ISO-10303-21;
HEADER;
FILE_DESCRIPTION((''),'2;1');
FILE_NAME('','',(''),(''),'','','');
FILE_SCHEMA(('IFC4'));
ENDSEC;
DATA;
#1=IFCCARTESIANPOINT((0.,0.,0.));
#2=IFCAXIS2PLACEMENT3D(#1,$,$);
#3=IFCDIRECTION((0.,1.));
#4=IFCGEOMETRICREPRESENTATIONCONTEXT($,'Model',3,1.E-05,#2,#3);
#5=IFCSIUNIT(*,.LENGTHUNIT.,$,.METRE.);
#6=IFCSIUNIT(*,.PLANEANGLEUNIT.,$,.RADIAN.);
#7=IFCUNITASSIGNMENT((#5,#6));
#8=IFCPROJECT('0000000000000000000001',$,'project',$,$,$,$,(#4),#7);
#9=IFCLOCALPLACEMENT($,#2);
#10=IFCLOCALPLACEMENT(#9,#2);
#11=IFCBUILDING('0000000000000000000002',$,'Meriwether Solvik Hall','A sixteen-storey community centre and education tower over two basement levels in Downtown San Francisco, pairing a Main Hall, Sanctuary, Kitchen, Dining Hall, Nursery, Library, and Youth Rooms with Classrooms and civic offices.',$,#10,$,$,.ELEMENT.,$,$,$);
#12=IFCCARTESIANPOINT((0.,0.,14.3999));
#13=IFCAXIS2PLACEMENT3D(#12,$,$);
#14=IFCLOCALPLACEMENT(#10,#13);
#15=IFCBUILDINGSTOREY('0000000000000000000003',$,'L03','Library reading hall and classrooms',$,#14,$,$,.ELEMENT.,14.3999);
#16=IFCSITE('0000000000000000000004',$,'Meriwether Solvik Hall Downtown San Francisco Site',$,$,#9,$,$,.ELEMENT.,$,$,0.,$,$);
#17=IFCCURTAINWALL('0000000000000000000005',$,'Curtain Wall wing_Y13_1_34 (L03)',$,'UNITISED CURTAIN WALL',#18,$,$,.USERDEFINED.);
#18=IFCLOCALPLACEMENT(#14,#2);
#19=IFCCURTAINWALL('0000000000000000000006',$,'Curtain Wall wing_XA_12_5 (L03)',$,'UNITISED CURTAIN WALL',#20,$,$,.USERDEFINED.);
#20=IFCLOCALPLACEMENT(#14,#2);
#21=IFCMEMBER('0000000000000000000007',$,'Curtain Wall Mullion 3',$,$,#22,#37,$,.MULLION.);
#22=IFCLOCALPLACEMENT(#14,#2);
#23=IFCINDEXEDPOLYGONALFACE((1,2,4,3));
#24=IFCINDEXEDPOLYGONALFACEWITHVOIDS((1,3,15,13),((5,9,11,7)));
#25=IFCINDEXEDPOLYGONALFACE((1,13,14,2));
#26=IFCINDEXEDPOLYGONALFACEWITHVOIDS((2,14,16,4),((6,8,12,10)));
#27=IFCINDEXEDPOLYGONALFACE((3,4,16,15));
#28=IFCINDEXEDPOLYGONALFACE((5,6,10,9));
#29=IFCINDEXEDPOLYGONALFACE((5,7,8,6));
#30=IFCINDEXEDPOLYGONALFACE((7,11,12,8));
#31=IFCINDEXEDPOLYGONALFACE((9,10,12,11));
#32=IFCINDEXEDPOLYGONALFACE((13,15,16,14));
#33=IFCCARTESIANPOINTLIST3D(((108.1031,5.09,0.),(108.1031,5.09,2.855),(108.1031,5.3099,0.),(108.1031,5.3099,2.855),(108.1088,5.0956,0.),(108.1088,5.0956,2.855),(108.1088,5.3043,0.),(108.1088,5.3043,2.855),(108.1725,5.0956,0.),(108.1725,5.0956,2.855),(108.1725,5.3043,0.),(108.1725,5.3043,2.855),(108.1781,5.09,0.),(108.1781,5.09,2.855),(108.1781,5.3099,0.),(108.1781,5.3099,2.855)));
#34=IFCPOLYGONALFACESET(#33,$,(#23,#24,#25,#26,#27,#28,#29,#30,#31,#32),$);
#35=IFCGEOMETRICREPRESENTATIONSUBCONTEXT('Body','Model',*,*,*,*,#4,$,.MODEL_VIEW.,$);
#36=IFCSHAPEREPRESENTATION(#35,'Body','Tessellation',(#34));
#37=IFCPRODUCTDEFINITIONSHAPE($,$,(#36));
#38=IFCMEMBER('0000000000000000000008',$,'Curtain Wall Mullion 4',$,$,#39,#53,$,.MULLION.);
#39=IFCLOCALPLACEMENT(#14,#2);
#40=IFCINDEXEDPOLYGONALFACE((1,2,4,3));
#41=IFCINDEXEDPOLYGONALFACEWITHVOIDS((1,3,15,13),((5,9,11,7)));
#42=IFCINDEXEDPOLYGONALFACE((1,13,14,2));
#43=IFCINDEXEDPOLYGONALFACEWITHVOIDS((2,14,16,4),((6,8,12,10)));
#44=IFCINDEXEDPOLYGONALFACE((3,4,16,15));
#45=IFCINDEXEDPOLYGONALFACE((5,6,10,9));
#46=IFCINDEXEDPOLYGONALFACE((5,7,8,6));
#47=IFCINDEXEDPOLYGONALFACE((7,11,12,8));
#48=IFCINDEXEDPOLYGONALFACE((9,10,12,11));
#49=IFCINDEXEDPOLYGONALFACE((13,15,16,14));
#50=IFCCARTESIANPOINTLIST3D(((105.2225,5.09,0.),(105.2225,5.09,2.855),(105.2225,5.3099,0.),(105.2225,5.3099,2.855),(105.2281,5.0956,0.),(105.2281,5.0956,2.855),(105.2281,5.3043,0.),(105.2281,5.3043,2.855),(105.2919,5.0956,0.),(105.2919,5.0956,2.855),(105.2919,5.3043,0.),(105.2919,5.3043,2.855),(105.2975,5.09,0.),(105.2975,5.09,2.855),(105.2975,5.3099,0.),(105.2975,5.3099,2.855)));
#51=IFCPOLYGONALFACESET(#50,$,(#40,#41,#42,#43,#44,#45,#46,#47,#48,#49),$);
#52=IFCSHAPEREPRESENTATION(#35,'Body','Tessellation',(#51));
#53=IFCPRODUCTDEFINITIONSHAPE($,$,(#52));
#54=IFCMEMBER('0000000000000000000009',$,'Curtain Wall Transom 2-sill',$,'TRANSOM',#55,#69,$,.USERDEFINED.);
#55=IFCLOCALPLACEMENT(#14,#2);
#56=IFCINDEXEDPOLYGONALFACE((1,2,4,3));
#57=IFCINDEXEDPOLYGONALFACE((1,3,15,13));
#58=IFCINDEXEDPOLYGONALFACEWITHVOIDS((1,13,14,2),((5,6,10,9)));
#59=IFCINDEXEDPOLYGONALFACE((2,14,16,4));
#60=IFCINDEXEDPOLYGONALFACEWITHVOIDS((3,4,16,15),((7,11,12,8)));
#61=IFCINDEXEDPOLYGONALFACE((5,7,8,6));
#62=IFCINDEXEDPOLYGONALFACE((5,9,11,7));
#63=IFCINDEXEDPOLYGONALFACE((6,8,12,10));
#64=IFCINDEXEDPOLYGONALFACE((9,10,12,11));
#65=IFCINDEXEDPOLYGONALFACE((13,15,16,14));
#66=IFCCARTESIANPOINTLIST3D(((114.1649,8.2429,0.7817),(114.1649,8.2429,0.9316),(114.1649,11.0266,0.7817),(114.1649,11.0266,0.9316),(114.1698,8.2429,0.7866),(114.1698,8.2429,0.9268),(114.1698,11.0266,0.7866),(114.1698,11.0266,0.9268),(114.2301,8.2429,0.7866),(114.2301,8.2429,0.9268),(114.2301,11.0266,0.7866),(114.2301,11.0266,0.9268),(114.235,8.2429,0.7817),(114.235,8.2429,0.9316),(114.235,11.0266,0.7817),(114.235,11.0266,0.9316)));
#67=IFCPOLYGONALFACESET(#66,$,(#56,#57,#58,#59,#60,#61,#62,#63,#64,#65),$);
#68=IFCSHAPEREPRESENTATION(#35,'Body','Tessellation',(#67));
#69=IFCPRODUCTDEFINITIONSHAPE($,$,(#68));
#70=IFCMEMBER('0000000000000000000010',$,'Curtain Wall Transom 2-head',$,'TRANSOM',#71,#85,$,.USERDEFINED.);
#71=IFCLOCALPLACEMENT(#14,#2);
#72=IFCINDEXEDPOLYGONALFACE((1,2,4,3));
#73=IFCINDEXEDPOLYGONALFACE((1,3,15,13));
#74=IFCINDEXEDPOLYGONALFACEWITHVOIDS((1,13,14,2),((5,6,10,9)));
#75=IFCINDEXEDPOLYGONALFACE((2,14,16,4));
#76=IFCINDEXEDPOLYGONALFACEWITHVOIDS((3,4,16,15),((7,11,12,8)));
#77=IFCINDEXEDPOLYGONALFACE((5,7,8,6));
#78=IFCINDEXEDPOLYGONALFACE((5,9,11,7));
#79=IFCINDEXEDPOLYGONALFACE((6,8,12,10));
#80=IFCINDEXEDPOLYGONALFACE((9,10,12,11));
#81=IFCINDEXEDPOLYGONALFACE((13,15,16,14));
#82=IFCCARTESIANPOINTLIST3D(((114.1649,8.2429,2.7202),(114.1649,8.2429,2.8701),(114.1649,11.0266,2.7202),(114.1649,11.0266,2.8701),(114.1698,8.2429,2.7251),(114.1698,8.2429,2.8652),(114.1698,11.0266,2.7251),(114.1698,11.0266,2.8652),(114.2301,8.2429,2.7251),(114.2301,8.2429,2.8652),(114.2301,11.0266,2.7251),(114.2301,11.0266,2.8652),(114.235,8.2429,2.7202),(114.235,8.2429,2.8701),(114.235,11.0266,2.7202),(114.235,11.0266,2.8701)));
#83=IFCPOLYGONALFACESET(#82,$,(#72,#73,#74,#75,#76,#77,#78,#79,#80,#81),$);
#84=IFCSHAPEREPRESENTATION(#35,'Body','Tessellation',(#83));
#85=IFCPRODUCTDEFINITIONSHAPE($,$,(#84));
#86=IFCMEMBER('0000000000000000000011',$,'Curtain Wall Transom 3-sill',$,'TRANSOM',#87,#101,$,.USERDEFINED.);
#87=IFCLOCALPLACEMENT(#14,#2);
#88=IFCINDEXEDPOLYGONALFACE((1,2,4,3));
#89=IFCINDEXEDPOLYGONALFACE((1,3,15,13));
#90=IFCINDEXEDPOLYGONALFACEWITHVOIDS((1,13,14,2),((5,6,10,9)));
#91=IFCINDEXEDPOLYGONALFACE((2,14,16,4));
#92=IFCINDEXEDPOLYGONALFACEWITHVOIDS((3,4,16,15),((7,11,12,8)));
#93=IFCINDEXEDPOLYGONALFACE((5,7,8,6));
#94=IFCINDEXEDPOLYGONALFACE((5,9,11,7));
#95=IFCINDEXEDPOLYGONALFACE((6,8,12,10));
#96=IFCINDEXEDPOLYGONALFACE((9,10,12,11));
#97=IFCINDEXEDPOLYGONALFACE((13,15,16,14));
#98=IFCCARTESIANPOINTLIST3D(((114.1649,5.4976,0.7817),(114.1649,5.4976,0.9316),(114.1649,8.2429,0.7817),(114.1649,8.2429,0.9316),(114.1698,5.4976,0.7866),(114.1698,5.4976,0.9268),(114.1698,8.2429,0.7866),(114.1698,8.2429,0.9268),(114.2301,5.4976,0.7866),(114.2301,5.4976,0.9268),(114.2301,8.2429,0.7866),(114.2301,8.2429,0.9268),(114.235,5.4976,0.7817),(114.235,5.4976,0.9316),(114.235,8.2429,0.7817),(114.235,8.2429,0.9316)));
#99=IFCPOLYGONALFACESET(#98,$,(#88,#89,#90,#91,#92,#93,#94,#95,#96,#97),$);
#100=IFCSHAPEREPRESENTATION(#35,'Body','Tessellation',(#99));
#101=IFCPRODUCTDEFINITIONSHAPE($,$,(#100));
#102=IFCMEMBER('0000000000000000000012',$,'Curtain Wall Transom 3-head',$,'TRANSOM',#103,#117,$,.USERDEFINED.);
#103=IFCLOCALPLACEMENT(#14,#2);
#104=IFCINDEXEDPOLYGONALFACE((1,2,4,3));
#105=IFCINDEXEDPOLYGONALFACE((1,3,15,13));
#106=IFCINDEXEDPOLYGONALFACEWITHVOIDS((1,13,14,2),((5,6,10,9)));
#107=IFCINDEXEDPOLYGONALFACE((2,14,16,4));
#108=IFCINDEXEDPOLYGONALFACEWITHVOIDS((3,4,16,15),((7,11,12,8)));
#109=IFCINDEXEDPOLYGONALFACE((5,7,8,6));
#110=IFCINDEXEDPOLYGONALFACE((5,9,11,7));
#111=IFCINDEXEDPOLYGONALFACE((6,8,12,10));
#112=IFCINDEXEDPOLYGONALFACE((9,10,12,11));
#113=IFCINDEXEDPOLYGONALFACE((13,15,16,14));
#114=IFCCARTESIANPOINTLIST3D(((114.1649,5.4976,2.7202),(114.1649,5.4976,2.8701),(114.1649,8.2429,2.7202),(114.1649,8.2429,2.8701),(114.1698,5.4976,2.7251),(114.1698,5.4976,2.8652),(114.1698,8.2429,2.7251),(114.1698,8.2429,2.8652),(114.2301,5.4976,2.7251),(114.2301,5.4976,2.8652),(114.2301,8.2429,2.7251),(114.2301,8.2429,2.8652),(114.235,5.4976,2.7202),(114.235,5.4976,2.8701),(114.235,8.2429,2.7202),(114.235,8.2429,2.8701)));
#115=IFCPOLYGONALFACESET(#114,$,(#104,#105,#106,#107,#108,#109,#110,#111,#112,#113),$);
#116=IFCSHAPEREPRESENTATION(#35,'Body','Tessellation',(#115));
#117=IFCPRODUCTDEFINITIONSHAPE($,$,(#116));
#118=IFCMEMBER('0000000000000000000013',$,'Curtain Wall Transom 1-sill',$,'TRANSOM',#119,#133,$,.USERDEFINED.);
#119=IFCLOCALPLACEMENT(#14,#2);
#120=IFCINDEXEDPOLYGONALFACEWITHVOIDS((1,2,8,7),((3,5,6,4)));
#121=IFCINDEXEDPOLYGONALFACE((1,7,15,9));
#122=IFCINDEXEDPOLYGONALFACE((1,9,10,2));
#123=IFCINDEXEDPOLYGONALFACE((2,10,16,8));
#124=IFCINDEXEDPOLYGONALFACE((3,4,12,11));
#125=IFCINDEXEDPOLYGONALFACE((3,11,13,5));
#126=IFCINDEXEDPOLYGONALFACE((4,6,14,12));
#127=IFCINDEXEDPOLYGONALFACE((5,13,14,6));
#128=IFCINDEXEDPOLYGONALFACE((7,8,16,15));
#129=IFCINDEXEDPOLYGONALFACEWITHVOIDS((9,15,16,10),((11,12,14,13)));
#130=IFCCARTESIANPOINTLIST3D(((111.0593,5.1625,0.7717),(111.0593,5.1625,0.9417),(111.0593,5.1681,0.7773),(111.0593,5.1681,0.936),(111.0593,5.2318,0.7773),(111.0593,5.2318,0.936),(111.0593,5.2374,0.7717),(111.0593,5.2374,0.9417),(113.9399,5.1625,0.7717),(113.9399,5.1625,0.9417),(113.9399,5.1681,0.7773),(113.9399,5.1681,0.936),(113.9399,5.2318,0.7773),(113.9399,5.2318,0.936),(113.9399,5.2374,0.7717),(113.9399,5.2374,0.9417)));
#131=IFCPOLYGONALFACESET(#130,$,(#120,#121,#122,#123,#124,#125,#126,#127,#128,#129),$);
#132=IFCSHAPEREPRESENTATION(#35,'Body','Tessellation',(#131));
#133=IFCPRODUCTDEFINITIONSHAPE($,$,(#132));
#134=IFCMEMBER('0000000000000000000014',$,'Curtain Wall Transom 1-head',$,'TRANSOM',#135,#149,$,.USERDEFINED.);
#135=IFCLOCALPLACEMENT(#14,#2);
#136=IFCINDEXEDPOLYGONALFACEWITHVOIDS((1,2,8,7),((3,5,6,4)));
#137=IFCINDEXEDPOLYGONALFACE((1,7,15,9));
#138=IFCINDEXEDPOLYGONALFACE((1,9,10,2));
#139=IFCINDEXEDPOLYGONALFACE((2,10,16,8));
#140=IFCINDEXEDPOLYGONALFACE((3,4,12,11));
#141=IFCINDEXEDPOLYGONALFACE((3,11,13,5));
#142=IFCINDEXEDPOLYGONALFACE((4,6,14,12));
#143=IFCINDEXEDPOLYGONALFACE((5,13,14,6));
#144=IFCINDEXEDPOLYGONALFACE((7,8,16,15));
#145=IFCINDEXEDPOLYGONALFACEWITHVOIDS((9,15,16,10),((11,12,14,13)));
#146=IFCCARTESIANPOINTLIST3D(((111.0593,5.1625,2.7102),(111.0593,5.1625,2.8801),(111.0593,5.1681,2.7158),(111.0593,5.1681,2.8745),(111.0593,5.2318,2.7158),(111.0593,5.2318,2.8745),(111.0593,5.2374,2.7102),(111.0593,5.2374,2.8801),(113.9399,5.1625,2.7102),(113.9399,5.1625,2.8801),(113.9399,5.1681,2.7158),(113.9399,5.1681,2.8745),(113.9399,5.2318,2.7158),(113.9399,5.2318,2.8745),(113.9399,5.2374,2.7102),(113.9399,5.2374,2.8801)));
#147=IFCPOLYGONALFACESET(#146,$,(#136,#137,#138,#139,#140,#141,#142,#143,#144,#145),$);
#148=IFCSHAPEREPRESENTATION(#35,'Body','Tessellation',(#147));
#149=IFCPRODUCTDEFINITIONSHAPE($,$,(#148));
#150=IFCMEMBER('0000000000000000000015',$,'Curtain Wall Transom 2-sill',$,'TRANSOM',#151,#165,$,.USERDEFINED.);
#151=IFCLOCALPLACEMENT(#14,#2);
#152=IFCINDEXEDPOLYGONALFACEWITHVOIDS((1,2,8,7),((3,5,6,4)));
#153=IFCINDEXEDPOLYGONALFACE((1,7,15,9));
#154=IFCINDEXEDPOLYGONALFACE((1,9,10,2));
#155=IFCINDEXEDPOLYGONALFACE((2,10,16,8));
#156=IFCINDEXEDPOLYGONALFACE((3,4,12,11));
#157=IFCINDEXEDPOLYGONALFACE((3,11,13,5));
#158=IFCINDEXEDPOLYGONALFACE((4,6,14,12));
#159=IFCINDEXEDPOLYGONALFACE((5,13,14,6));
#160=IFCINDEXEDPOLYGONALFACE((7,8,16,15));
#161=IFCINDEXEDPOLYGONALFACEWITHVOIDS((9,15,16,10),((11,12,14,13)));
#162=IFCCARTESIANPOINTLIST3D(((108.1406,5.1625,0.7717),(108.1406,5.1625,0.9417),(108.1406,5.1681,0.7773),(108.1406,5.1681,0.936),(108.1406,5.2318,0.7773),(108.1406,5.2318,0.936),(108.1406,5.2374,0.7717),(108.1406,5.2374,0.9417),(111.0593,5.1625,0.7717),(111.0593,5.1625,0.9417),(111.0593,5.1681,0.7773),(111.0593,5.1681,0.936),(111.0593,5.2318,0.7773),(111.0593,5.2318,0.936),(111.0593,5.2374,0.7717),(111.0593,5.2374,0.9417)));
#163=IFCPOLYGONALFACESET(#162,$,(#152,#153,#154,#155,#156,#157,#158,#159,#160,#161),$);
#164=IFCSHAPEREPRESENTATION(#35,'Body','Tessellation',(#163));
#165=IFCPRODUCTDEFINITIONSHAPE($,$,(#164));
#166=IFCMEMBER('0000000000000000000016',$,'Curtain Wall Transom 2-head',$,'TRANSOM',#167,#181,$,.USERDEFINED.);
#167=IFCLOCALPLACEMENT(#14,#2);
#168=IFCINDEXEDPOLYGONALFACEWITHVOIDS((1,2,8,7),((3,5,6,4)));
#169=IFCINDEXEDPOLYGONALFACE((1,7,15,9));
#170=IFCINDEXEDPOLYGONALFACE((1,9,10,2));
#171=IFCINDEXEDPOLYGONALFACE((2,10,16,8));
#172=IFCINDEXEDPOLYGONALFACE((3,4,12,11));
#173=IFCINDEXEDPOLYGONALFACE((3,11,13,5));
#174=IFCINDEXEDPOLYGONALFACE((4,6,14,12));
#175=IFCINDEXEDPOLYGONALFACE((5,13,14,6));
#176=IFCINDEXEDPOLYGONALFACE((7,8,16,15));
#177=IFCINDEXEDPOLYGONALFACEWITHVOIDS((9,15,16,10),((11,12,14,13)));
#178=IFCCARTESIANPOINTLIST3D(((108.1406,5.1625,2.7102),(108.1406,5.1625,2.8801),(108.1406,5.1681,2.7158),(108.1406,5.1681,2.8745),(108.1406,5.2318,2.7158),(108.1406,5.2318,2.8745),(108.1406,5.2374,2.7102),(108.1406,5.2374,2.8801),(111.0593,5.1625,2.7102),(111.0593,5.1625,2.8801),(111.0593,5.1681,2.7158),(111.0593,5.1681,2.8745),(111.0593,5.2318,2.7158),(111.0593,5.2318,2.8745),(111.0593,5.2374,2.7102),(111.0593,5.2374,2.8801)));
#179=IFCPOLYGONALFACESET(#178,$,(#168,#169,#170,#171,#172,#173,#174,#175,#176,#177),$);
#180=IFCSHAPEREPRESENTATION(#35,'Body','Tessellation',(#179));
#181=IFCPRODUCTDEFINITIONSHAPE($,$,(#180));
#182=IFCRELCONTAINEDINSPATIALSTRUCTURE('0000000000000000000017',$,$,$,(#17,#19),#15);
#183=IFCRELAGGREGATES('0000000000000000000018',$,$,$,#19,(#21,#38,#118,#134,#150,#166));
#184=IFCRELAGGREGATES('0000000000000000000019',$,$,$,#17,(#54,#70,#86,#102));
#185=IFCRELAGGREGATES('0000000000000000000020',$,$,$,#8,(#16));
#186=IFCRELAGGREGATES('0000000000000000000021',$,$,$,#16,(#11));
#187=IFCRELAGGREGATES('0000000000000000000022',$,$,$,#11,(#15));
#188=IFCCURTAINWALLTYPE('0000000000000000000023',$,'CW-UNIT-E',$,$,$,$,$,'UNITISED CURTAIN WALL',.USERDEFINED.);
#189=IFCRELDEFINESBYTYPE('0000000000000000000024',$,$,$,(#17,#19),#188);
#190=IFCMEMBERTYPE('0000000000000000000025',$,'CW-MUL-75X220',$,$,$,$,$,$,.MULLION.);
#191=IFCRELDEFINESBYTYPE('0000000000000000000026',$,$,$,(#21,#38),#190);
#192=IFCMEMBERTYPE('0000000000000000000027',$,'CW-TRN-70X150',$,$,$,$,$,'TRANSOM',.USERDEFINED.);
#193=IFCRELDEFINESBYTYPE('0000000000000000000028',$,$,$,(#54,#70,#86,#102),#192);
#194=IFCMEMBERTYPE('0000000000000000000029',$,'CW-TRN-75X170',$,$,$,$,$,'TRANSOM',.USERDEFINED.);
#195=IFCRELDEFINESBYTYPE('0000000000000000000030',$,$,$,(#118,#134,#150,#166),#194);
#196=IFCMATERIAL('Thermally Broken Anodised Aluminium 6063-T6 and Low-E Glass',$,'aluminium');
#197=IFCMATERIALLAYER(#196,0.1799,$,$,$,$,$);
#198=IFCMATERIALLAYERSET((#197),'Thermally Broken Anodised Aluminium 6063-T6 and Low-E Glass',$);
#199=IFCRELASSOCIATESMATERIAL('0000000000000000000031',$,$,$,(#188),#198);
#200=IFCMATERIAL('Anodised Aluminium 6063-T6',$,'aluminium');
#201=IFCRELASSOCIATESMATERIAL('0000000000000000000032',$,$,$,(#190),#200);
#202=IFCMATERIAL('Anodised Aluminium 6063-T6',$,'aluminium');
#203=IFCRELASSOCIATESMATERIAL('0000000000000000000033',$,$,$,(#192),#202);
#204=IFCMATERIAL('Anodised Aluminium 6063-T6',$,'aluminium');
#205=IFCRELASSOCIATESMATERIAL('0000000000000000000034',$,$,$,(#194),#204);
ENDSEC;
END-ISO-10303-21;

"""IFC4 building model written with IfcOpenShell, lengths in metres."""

from ifc_helpers import new_model, si_unit, direction, frame, origin, origin_2d, place, context, subcontext, project, spatial, hollow_rectangle, extrude, material, layer, layer_set, material_profile, profile_set, type_object, element, aggregate, save


model = new_model("IFC4")

# Units and contexts
model_context = context("Model", 3, precision=1e-05, world=origin(), true_north=direction((0.0, 1.0)))
body_context = subcontext(model_context, "Body", "Model", "MODEL_VIEW")
ifc_project = project(units=[si_unit("LENGTHUNIT", "METRE"), si_unit("PLANEANGLEUNIT", "RADIAN")], contexts=[model_context])

# Site, building, storey
site_placement = place(None, origin())
site = spatial("IfcSite", under=ifc_project, at=site_placement, Name="Meriwether Solvik Hall Downtown San Francisco Site", CompositionType="ELEMENT", RefElevation=0.0)
building_placement = place(site_placement, origin())
building = spatial("IfcBuilding", under=site, at=building_placement, Name="Meriwether Solvik Hall", Description="A sixteen-storey community centre and education tower over two basement levels in Downtown San Francisco, pairing a Main Hall, Sanctuary, Kitchen, Dining Hall, Nursery, Library, and Youth Rooms with Classrooms and civic offices.", CompositionType="ELEMENT")
storey_placement = place(building_placement, frame((0.0, 0.0, 14.3999)))
storey = spatial("IfcBuildingStorey", under=building, at=storey_placement, Name="L03", Description="Library reading hall and classrooms", CompositionType="ELEMENT", Elevation=14.3999)

# Curtain walls, members
ifc_material_1 = material(Name="Thermally Broken Anodised Aluminium 6063-T6 and Low-E Glass", Category="aluminium")
ifc_layer_1 = layer(ifc_material_1, 0.1799)
ifc_layer_set_1 = layer_set([ifc_layer_1], Name="Thermally Broken Anodised Aluminium 6063-T6 and Low-E Glass")
curtain_wall_type = type_object("IfcCurtainWallType", Name="CW-UNIT-E", ElementType="UNITISED CURTAIN WALL", PredefinedType="USERDEFINED", material=ifc_layer_set_1)
curtain_wall_1_placement = place(storey_placement, origin())
curtain_wall_1 = element("IfcCurtainWall", 1, at=curtain_wall_1_placement, inside=storey, type_object=curtain_wall_type, Name="Curtain Wall wing_Y13_1_34 (L03)", ObjectType="UNITISED CURTAIN WALL", PredefinedType="USERDEFINED")
curtain_wall_2_placement = place(storey_placement, origin())
curtain_wall_2 = element("IfcCurtainWall", 2, at=curtain_wall_2_placement, inside=storey, type_object=curtain_wall_type, Name="Curtain Wall wing_XA_12_5 (L03)", ObjectType="UNITISED CURTAIN WALL", PredefinedType="USERDEFINED")
ifc_material_2 = material(Name="Anodised Aluminium 6063-T6", Category="aluminium")
ifc_material_profile_1 = material_profile(ifc_material_2, hollow_rectangle(XDim=0.075, YDim=0.22, WallThickness=0.0056, at=origin_2d()), Name="CWM-75X220")
ifc_profile_set_1 = profile_set([ifc_material_profile_1], Name="Anodised Aluminium 6063-T6")
member_type_1 = type_object("IfcMemberType", Name="CW-MUL-75X220", PredefinedType="MULLION", material=ifc_profile_set_1)
member_1_placement = place(storey_placement, frame((108.1406, 5.2, 0.0), z_axis=(0.0, 0.0, 1.0), x_axis=(-1.0, 0.0, 0.0)))
member_1 = element("IfcMember", 3, at=member_1_placement, type_object=member_type_1, Name="Curtain Wall Mullion 3", PredefinedType="MULLION", context=body_context, shape_type="SweptSolid", body=[
    extrude(hollow_rectangle(XDim=0.075, YDim=0.22, WallThickness=0.0056, at=origin_2d()), origin(), (0.0, 0.0, 1.0), 2.855),
])
member_2_placement = place(storey_placement, frame((105.26, 5.2, 0.0), z_axis=(0.0, 0.0, 1.0), x_axis=(-1.0, 0.0, 0.0)))
member_2 = element("IfcMember", 4, at=member_2_placement, type_object=member_type_1, Name="Curtain Wall Mullion 4", PredefinedType="MULLION", context=body_context, shape_type="SweptSolid", body=[
    extrude(hollow_rectangle(XDim=0.075, YDim=0.22, WallThickness=0.0056, at=origin_2d()), origin(), (0.0, 0.0, 1.0), 2.855),
])

# Members
ifc_material_3 = material(Name="Anodised Aluminium 6063-T6", Category="aluminium")
ifc_material_profile_2 = material_profile(ifc_material_3, hollow_rectangle(XDim=0.0701, YDim=0.1499, WallThickness=0.0049, at=origin_2d()), Name="CWT-70X150")
ifc_profile_set_2 = profile_set([ifc_material_profile_2], Name="Anodised Aluminium 6063-T6")
member_type_2 = type_object("IfcMemberType", Name="CW-TRN-70X150", ElementType="TRANSOM", PredefinedType="USERDEFINED", material=ifc_profile_set_2)
member_3_placement = place(storey_placement, frame((114.2, 11.0266, 0.8567), z_axis=(0.0, -1.0, 0.0), x_axis=(1.0, 0.0, 0.0)))
member_3 = element("IfcMember", 5, at=member_3_placement, type_object=member_type_2, Name="Curtain Wall Transom 2-sill", ObjectType="TRANSOM", PredefinedType="USERDEFINED", context=body_context, shape_type="SweptSolid", body=[
    extrude(hollow_rectangle(XDim=0.0701, YDim=0.1499, WallThickness=0.0049, at=origin_2d()), origin(), (0.0, 0.0, 1.0), 2.7837),
])
member_4_placement = place(storey_placement, frame((114.2, 11.0266, 2.7952), z_axis=(0.0, -1.0, 0.0), x_axis=(1.0, 0.0, 0.0)))
member_4 = element("IfcMember", 6, at=member_4_placement, type_object=member_type_2, Name="Curtain Wall Transom 2-head", ObjectType="TRANSOM", PredefinedType="USERDEFINED", context=body_context, shape_type="SweptSolid", body=[
    extrude(hollow_rectangle(XDim=0.0701, YDim=0.1499, WallThickness=0.0049, at=origin_2d()), origin(), (0.0, 0.0, 1.0), 2.7837),
])
member_5_placement = place(storey_placement, frame((114.2, 8.2429, 0.8567), z_axis=(0.0, -1.0, 0.0), x_axis=(1.0, 0.0, 0.0)))
member_5 = element("IfcMember", 7, at=member_5_placement, type_object=member_type_2, Name="Curtain Wall Transom 3-sill", ObjectType="TRANSOM", PredefinedType="USERDEFINED", context=body_context, shape_type="SweptSolid", body=[
    extrude(hollow_rectangle(XDim=0.0701, YDim=0.1499, WallThickness=0.0049, at=origin_2d()), origin(), (0.0, 0.0, 1.0), 2.7454),
])
member_6_placement = place(storey_placement, frame((114.2, 8.2429, 2.7952), z_axis=(0.0, -1.0, 0.0), x_axis=(1.0, 0.0, 0.0)))
member_6 = element("IfcMember", 8, at=member_6_placement, type_object=member_type_2, Name="Curtain Wall Transom 3-head", ObjectType="TRANSOM", PredefinedType="USERDEFINED", context=body_context, shape_type="SweptSolid", body=[
    extrude(hollow_rectangle(XDim=0.0701, YDim=0.1499, WallThickness=0.0049, at=origin_2d()), origin(), (0.0, 0.0, 1.0), 2.7454),
])
ifc_material_4 = material(Name="Anodised Aluminium 6063-T6", Category="aluminium")
ifc_material_profile_3 = material_profile(ifc_material_4, hollow_rectangle(XDim=0.075, YDim=0.1699, WallThickness=0.0056, at=origin_2d()), Name="CWT-75X170")
ifc_profile_set_3 = profile_set([ifc_material_profile_3], Name="Anodised Aluminium 6063-T6")
member_type_3 = type_object("IfcMemberType", Name="CW-TRN-75X170", ElementType="TRANSOM", PredefinedType="USERDEFINED", material=ifc_profile_set_3)
member_7_placement = place(storey_placement, frame((113.9399, 5.2, 0.8567), z_axis=(-1.0, 0.0, 0.0), x_axis=(0.0, -1.0, 0.0)))
member_7 = element("IfcMember", 9, at=member_7_placement, type_object=member_type_3, Name="Curtain Wall Transom 1-sill", ObjectType="TRANSOM", PredefinedType="USERDEFINED", context=body_context, shape_type="SweptSolid", body=[
    extrude(hollow_rectangle(XDim=0.075, YDim=0.1699, WallThickness=0.0056, at=origin_2d()), origin(), (0.0, 0.0, 1.0), 2.8806),
])
member_8_placement = place(storey_placement, frame((113.9399, 5.2, 2.7952), z_axis=(-1.0, 0.0, 0.0), x_axis=(0.0, -1.0, 0.0)))
member_8 = element("IfcMember", 10, at=member_8_placement, type_object=member_type_3, Name="Curtain Wall Transom 1-head", ObjectType="TRANSOM", PredefinedType="USERDEFINED", context=body_context, shape_type="SweptSolid", body=[
    extrude(hollow_rectangle(XDim=0.075, YDim=0.1699, WallThickness=0.0056, at=origin_2d()), origin(), (0.0, 0.0, 1.0), 2.8806),
])
member_9_placement = place(storey_placement, frame((111.0593, 5.2, 0.8567), z_axis=(-1.0, 0.0, 0.0), x_axis=(0.0, -1.0, 0.0)))
member_9 = element("IfcMember", 11, at=member_9_placement, type_object=member_type_3, Name="Curtain Wall Transom 2-sill", ObjectType="TRANSOM", PredefinedType="USERDEFINED", context=body_context, shape_type="SweptSolid", body=[
    extrude(hollow_rectangle(XDim=0.075, YDim=0.1699, WallThickness=0.0056, at=origin_2d()), origin(), (0.0, 0.0, 1.0), 2.9187),
])
member_10_placement = place(storey_placement, frame((111.0593, 5.2, 2.7952), z_axis=(-1.0, 0.0, 0.0), x_axis=(0.0, -1.0, 0.0)))
member_10 = element("IfcMember", 12, at=member_10_placement, type_object=member_type_3, Name="Curtain Wall Transom 2-head", ObjectType="TRANSOM", PredefinedType="USERDEFINED", context=body_context, shape_type="SweptSolid", body=[
    extrude(hollow_rectangle(XDim=0.075, YDim=0.1699, WallThickness=0.0056, at=origin_2d()), origin(), (0.0, 0.0, 1.0), 2.9187),
])

aggregate(curtain_wall_2, [member_1, member_2, member_7, member_8, member_9, member_10])
aggregate(curtain_wall_1, [member_3, member_4, member_5, member_6])

save(model, "model.ifc")
